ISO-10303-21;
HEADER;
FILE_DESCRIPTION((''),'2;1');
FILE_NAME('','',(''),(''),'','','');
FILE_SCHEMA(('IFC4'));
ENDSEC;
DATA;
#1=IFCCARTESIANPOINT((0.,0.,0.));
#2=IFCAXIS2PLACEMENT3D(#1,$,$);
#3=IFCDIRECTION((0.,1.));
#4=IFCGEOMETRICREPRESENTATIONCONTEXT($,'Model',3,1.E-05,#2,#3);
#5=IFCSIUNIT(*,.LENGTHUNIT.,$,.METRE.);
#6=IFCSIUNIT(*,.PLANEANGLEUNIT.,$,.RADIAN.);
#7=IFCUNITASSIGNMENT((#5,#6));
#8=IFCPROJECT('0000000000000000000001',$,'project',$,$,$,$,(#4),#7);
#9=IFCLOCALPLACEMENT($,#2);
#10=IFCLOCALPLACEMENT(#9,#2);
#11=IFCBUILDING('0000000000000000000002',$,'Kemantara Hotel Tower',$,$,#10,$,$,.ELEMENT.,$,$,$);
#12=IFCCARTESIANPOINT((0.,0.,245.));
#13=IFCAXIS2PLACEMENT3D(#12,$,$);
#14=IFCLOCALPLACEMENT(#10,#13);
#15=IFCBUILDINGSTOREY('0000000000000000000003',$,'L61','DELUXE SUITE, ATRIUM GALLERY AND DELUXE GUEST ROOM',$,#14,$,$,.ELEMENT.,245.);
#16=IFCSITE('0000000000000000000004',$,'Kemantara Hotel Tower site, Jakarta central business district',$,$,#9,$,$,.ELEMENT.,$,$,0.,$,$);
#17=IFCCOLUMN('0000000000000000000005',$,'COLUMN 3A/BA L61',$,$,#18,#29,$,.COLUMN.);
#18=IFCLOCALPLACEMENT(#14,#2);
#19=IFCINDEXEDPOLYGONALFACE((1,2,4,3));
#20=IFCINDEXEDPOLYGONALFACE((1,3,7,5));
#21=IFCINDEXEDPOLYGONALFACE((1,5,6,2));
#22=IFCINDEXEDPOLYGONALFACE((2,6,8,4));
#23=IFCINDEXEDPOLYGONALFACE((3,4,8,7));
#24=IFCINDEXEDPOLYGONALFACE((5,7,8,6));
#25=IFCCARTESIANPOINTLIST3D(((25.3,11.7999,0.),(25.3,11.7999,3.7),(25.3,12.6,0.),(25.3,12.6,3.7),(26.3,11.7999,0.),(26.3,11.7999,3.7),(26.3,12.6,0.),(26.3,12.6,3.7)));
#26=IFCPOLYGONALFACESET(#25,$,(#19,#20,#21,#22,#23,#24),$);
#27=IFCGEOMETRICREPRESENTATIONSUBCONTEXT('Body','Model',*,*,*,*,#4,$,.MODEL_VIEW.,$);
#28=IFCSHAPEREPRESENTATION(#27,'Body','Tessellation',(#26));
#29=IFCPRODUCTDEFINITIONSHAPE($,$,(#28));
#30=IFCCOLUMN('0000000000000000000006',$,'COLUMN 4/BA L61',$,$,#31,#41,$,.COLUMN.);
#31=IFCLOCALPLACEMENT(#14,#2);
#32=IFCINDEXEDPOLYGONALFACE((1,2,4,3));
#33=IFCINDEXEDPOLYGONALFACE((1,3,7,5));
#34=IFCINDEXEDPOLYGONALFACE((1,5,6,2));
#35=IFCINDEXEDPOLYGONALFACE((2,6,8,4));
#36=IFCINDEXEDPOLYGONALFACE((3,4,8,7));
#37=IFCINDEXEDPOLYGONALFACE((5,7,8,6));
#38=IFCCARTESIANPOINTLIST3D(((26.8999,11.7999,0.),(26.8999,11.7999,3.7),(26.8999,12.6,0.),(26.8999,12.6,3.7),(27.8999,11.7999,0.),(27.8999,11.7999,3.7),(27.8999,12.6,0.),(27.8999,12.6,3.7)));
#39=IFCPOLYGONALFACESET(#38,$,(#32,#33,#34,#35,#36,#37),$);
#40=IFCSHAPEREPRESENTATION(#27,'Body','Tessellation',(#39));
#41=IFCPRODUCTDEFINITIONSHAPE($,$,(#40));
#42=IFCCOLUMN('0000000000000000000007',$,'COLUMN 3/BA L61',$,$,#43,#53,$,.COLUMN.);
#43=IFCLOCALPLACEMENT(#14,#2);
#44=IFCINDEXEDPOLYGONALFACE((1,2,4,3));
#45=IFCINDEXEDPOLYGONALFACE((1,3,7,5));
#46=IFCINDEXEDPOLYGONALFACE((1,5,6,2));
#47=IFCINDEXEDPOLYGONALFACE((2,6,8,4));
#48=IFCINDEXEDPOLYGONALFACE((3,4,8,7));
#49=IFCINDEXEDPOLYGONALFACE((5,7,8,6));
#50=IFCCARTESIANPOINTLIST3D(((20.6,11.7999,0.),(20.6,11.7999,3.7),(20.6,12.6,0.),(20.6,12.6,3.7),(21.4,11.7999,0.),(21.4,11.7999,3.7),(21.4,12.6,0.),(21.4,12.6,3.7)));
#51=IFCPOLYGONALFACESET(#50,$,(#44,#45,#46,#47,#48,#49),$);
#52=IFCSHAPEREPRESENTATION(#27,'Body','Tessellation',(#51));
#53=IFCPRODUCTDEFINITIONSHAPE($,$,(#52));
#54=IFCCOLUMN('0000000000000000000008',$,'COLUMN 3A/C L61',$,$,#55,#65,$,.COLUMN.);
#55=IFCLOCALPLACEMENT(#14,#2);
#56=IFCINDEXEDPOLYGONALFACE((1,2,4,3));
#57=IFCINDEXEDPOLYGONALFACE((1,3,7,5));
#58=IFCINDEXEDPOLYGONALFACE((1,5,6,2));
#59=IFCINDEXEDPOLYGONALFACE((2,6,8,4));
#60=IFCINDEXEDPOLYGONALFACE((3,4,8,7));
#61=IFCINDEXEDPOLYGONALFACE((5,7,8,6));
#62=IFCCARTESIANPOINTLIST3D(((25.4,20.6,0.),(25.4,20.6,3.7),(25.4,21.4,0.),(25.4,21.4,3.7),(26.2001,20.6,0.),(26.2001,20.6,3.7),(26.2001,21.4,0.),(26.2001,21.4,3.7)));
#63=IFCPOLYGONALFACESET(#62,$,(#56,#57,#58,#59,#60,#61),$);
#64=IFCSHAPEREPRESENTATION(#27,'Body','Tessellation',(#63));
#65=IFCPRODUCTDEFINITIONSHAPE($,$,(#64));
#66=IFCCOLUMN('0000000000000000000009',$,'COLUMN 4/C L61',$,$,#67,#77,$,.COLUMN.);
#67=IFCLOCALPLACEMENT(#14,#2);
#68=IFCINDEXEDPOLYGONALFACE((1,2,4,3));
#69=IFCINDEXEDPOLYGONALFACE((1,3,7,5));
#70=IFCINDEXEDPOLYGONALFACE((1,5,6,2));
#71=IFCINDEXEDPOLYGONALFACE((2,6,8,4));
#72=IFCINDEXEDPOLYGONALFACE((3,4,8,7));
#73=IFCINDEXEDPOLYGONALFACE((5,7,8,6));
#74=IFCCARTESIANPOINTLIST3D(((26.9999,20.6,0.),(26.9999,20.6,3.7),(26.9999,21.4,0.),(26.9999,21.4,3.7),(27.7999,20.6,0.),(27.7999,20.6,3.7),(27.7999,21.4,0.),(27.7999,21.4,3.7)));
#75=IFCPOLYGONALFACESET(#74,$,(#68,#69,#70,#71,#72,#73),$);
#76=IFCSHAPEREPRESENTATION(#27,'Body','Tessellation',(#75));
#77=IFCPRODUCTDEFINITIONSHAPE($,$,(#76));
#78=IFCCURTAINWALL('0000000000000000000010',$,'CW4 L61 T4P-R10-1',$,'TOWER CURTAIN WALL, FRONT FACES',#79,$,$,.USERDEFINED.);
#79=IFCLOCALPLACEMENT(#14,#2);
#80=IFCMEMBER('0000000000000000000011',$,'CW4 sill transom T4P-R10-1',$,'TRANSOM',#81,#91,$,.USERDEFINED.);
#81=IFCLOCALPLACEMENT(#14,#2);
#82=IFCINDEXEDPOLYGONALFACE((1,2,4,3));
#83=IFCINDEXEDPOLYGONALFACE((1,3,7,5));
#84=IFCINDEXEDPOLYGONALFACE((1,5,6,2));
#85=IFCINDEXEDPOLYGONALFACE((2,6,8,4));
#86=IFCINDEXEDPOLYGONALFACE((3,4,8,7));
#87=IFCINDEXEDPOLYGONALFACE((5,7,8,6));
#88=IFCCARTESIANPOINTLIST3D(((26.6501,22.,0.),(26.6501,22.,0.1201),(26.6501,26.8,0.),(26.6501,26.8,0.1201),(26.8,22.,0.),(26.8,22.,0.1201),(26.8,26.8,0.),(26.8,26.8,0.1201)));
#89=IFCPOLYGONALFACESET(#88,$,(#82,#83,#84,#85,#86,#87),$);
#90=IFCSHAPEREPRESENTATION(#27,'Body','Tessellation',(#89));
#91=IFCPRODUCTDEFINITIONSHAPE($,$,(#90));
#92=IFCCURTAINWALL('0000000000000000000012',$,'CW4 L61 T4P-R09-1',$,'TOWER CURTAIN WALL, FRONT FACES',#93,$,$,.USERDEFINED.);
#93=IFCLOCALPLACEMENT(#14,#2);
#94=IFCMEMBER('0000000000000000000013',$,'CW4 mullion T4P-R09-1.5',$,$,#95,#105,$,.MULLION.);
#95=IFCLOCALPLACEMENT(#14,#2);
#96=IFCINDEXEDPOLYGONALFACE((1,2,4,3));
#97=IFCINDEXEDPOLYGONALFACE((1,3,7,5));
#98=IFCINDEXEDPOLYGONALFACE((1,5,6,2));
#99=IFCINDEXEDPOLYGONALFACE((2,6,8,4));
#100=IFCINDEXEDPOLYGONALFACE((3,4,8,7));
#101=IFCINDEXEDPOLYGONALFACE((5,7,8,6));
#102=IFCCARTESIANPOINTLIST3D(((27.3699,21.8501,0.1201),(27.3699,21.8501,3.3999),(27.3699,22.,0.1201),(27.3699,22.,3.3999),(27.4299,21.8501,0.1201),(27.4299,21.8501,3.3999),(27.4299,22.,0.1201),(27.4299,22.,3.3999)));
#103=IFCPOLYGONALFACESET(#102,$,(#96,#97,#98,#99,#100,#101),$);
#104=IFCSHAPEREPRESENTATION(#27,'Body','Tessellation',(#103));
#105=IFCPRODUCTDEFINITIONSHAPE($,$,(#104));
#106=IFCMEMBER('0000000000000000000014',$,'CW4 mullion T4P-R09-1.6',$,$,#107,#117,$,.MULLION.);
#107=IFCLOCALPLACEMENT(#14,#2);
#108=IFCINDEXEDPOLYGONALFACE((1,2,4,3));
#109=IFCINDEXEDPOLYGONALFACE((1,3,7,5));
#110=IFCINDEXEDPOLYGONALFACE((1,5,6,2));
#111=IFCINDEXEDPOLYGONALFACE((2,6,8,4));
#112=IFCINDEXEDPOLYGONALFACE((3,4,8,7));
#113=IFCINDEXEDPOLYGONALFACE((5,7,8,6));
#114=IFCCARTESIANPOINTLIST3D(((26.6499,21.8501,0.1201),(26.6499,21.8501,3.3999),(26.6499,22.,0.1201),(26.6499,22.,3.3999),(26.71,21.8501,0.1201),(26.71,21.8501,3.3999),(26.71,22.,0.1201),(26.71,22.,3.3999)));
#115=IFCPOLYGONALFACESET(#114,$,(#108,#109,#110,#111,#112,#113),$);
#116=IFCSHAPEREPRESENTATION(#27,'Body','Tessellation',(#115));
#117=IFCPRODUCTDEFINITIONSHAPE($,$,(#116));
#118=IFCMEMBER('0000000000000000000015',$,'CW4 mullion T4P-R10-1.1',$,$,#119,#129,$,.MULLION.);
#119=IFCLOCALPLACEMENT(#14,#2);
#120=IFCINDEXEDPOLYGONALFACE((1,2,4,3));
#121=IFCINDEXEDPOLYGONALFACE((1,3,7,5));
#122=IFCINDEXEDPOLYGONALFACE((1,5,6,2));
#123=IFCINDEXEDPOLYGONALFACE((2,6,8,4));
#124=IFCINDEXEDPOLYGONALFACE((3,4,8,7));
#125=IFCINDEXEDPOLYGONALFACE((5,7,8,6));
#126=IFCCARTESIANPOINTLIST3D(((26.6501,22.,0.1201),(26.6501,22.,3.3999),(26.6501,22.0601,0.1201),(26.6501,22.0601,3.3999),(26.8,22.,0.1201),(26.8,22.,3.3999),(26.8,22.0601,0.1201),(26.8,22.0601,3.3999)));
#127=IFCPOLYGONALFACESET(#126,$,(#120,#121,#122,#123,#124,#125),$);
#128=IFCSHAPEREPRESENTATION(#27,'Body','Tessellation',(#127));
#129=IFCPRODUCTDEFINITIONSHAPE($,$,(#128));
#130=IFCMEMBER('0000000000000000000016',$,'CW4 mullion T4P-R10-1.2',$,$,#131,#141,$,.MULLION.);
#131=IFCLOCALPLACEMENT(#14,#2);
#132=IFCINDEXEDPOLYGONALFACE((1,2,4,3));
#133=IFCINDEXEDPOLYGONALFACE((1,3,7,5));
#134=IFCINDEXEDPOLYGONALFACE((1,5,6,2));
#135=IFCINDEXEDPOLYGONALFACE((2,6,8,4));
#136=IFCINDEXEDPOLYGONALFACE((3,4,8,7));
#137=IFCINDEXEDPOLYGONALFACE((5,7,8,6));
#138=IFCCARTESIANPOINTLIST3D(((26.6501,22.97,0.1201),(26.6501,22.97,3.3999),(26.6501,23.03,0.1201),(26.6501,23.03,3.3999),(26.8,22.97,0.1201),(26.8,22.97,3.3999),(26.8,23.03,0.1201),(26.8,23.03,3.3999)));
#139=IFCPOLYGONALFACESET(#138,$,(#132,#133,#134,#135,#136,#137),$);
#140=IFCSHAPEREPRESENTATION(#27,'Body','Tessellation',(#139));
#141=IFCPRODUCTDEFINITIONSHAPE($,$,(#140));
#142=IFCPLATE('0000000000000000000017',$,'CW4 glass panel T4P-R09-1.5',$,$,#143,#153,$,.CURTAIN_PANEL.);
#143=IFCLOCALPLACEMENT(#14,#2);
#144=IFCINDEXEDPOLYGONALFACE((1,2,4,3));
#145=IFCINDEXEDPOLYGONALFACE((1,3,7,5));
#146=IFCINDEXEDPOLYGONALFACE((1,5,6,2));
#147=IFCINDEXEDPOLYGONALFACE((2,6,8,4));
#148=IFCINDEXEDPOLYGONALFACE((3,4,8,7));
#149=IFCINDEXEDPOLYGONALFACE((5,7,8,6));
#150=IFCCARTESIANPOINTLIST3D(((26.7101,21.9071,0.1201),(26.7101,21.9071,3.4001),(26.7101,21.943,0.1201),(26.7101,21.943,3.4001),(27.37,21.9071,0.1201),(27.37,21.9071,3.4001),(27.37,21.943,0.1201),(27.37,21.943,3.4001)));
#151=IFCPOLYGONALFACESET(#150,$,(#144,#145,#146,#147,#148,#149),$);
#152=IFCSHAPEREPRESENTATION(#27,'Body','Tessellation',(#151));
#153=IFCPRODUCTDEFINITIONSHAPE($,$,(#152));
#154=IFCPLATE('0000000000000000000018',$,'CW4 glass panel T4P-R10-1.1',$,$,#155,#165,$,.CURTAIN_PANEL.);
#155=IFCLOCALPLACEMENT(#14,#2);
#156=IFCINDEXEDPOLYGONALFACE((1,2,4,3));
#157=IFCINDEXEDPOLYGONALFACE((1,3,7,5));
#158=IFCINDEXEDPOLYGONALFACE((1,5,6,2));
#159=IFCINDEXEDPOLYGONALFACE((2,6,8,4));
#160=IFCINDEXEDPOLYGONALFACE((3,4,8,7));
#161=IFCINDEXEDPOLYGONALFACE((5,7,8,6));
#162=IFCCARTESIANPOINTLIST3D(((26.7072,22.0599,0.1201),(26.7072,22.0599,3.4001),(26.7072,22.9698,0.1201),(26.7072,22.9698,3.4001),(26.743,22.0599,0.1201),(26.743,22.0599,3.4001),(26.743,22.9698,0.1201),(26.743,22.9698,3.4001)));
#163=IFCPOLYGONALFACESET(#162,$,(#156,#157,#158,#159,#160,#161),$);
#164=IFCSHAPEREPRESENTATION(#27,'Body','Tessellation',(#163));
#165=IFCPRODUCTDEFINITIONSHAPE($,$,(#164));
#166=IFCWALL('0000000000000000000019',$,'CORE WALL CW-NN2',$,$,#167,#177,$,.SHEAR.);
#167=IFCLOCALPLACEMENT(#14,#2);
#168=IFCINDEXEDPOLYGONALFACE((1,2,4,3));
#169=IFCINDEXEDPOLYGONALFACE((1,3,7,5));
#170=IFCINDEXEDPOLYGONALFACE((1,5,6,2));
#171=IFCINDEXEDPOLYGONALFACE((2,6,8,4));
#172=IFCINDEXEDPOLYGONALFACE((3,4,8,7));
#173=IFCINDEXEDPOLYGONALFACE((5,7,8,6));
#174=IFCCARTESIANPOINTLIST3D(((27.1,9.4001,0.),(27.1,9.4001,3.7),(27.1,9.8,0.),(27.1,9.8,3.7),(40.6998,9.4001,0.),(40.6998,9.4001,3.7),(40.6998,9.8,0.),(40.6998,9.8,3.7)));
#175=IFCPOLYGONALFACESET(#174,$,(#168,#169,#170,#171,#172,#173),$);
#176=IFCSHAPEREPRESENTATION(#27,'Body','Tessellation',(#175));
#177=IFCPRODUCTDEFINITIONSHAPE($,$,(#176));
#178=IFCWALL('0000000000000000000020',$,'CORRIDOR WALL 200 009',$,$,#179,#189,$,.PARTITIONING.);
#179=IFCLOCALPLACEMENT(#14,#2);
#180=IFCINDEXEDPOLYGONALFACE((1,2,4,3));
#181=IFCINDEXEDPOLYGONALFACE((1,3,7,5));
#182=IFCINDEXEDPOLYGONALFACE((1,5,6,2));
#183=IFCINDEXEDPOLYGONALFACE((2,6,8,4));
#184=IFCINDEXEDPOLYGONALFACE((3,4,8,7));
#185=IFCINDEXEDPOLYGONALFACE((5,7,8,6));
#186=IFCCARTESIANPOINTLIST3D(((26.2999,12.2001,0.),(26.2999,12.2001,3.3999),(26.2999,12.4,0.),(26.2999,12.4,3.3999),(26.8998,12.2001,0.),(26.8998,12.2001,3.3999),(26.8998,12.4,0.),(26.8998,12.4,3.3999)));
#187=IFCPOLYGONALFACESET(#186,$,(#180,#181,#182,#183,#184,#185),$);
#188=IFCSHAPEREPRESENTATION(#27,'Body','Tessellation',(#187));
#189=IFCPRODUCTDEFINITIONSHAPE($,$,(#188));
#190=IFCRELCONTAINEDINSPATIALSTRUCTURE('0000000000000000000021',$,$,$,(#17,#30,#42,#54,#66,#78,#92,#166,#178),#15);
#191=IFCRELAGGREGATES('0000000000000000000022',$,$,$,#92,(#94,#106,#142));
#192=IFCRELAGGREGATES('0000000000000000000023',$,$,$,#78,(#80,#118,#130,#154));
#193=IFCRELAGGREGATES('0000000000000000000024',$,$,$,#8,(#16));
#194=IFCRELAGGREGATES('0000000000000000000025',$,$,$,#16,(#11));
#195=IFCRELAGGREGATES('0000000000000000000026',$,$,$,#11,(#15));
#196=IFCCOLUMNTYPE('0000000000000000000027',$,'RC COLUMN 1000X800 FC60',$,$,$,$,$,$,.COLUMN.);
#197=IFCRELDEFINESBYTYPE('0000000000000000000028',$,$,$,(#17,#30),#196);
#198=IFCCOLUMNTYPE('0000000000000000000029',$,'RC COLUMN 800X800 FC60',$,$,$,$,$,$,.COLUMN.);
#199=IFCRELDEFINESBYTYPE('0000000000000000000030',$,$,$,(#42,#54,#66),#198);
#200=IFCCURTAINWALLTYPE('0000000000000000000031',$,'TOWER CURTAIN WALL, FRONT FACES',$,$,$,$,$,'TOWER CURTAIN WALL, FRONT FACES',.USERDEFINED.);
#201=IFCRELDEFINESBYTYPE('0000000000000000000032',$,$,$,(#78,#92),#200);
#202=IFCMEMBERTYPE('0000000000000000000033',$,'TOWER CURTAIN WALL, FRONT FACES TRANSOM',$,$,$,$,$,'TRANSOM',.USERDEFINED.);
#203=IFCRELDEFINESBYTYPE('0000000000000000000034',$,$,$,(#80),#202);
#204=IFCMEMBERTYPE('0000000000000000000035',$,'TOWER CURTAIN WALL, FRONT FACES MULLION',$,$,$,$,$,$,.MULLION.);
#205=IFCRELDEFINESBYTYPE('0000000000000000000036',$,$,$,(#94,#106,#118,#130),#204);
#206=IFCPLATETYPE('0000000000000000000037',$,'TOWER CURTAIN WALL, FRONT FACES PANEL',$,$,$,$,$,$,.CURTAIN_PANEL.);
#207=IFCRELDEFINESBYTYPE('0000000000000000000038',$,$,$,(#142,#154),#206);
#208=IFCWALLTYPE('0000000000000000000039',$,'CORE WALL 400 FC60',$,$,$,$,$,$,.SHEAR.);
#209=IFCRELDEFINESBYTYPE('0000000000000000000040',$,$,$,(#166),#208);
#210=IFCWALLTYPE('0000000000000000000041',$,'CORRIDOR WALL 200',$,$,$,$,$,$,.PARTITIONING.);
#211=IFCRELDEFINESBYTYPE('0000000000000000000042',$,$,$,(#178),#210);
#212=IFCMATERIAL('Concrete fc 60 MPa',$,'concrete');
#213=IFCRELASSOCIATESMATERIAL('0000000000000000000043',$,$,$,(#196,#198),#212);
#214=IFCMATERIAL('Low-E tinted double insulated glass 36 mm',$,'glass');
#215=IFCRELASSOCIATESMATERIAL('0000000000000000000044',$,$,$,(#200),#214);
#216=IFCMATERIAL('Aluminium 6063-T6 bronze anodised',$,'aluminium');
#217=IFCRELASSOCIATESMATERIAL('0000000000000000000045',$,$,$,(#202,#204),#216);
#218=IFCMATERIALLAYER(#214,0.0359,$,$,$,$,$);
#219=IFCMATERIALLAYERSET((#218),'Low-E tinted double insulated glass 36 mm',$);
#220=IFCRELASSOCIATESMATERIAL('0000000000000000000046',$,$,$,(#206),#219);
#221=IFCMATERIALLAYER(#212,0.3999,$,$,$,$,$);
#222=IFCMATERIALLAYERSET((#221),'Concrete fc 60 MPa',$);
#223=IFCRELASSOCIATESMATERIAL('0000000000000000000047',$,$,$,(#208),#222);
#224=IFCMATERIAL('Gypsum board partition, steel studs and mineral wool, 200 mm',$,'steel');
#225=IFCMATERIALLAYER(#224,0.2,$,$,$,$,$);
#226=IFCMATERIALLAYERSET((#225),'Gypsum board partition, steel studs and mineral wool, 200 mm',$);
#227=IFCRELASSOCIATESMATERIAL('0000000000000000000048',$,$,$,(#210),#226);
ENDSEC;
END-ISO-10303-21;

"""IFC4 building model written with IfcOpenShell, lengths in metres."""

from ifc_helpers import new_model, si_unit, direction, frame, frame_2d, origin, origin_2d, place, context, subcontext, project, spatial, rectangle, extrude, source, transform, mapped, material, layer, layer_set, material_profile, profile_set, type_object, element, aggregate, save


model = new_model("IFC4")

# Units and contexts
model_context = context("Model", 3, precision=1e-05, world=origin(), true_north=direction((0.0, 1.0)))
body_context = subcontext(model_context, "Body", "Model", "MODEL_VIEW")
ifc_project = project(units=[si_unit("LENGTHUNIT", "METRE"), si_unit("PLANEANGLEUNIT", "RADIAN")], contexts=[model_context])

# Site, building, storey
site_placement = place(None, origin())
site = spatial("IfcSite", under=ifc_project, at=site_placement, Name="Kemantara Hotel Tower site, Jakarta central business district", CompositionType="ELEMENT", RefElevation=0.0)
building_placement = place(site_placement, origin())
building = spatial("IfcBuilding", under=site, at=building_placement, Name="Kemantara Hotel Tower", CompositionType="ELEMENT")
storey_placement = place(building_placement, frame((0.0, 0.0, 245.0)))
storey = spatial("IfcBuildingStorey", under=building, at=storey_placement, Name="L61", Description="DELUXE SUITE, ATRIUM GALLERY AND DELUXE GUEST ROOM", CompositionType="ELEMENT", Elevation=245.0)

# Columns
ifc_material_1 = material(Name="Concrete fc 60 MPa", Category="concrete")
ifc_material_profile_1 = material_profile(ifc_material_1, rectangle(XDim=1.0, YDim=0.8, at=origin_2d()), Name="RC 1000X800")
ifc_profile_set_1 = profile_set([ifc_material_profile_1], Name="Concrete fc 60 MPa")
column_type_1 = type_object("IfcColumnType", Name="RC COLUMN 1000X800 FC60", PredefinedType="COLUMN", material=ifc_profile_set_1)
for number, where, z_axis, x_axis, name in (
    (1, (25.8, 12.2, 0.0), (0.0, 0.0, 1.0), (1.0, 0.0, 0.0), "COLUMN 3A/BA L61"),
    (2, (27.3999, 12.2, 0.0), (0.0, 0.0, 1.0), (1.0, 0.0, 0.0), "COLUMN 4/BA L61"),
):
    element("IfcColumn", number, at=place(storey_placement, frame(where, z_axis=z_axis, x_axis=x_axis)), inside=storey, type_object=column_type_1, Name=name, PredefinedType="COLUMN", context=body_context, shape_type="SweptSolid", body=[
        extrude(rectangle(XDim=1.0, YDim=0.8, at=origin_2d()), origin(), (0.0, 0.0, 1.0), 3.7),
    ])
ifc_material_profile_2 = material_profile(ifc_material_1, rectangle(XDim=0.8, YDim=0.8, at=origin_2d()), Name="RC 800X800")
ifc_profile_set_2 = profile_set([ifc_material_profile_2], Name="Concrete fc 60 MPa")
column_type_2 = type_object("IfcColumnType", Name="RC COLUMN 800X800 FC60", PredefinedType="COLUMN", material=ifc_profile_set_2)
for number, where, z_axis, x_axis, name in (
    (3, (21.0, 12.2, 0.0), (0.0, 0.0, 1.0), (1.0, 0.0, 0.0), "COLUMN 3/BA L61"),
    (4, (25.8, 21.0, 0.0), (0.0, 0.0, 1.0), (1.0, 0.0, 0.0), "COLUMN 3A/C L61"),
    (5, (27.3999, 21.0, 0.0), (0.0, 0.0, 1.0), (1.0, 0.0, 0.0), "COLUMN 4/C L61"),
):
    element("IfcColumn", number, at=place(storey_placement, frame(where, z_axis=z_axis, x_axis=x_axis)), inside=storey, type_object=column_type_2, Name=name, PredefinedType="COLUMN", context=body_context, shape_type="SweptSolid", body=[
        extrude(rectangle(XDim=0.8, YDim=0.8, at=origin_2d()), origin(), (0.0, 0.0, 1.0), 3.7),
    ])

# Curtain wall, member
ifc_material_2 = material(Name="Low-E tinted double insulated glass 36 mm", Category="glass")
curtain_wall_type = type_object("IfcCurtainWallType", Name="TOWER CURTAIN WALL, FRONT FACES", ElementType="TOWER CURTAIN WALL, FRONT FACES", PredefinedType="USERDEFINED", material=ifc_material_2)
curtain_wall_1_placement = place(storey_placement, origin())
curtain_wall_1 = element("IfcCurtainWall", 6, at=curtain_wall_1_placement, inside=storey, type_object=curtain_wall_type, Name="CW4 L61 T4P-R10-1", ObjectType="TOWER CURTAIN WALL, FRONT FACES", PredefinedType="USERDEFINED")
ifc_material_3 = material(Name="Aluminium 6063-T6 bronze anodised", Category="aluminium")
ifc_material_profile_3 = material_profile(ifc_material_3, rectangle(XDim=0.1499, YDim=0.1201, at=origin_2d()), Name="TOWER CURTAIN WALL, FRONT FACES TRANSOM")
ifc_profile_set_3 = profile_set([ifc_material_profile_3], Name="Aluminium 6063-T6 bronze anodised")
member_type_1 = type_object("IfcMemberType", Name="TOWER CURTAIN WALL, FRONT FACES TRANSOM", ElementType="TRANSOM", PredefinedType="USERDEFINED", material=ifc_profile_set_3)
member_1_placement = place(storey_placement, frame((26.7251, 22.0, 0.0601), z_axis=(0.0, 1.0, 0.0), x_axis=(-1.0, 0.0, 0.0)))
member_1 = element("IfcMember", 7, at=member_1_placement, type_object=member_type_1, Name="CW4 sill transom T4P-R10-1", ObjectType="TRANSOM", PredefinedType="USERDEFINED", context=body_context, shape_type="SweptSolid", body=[
    extrude(rectangle(XDim=0.1499, YDim=0.1201, at=origin_2d()), origin(), (0.0, 0.0, 1.0), 4.8),
])

# Curtain wall, members
curtain_wall_2_placement = place(storey_placement, origin())
curtain_wall_2 = element("IfcCurtainWall", 8, at=curtain_wall_2_placement, inside=storey, type_object=curtain_wall_type, Name="CW4 L61 T4P-R09-1", ObjectType="TOWER CURTAIN WALL, FRONT FACES", PredefinedType="USERDEFINED")
ifc_material_profile_4 = material_profile(ifc_material_3, rectangle(XDim=0.1499, YDim=0.0601, at=origin_2d()), Name="TOWER CURTAIN WALL, FRONT FACES MULLION")
ifc_profile_set_4 = profile_set([ifc_material_profile_4], Name="Aluminium 6063-T6 bronze anodised")
member_type_2 = type_object("IfcMemberType", Name="TOWER CURTAIN WALL, FRONT FACES MULLION", PredefinedType="MULLION", material=ifc_profile_set_4)
shared_shape_1 = source(origin(), body_context, "Body", "SweptSolid", [
    extrude(rectangle(XDim=0.1499, YDim=0.0601, at=origin_2d()), origin(), (0.0, 0.0, 1.0), 3.2798),
])
member_2_placement = place(storey_placement, frame((27.3999, 21.925, 0.1201), z_axis=(0.0, 0.0, 1.0), x_axis=(0.0, -1.0, 0.0)))
member_2 = element("IfcMember", 9, at=member_2_placement, type_object=member_type_2, Name="CW4 mullion T4P-R09-1.5", PredefinedType="MULLION", context=body_context, shape_type="MappedRepresentation", body=[
    mapped(shared_shape_1, transform((0.0, 0.0, 0.0))),
])
member_3_placement = place(storey_placement, frame((26.6799, 21.925, 0.1201), z_axis=(0.0, 0.0, 1.0), x_axis=(0.0, -1.0, 0.0)))
member_3 = element("IfcMember", 10, at=member_3_placement, type_object=member_type_2, Name="CW4 mullion T4P-R09-1.6", PredefinedType="MULLION", context=body_context, shape_type="MappedRepresentation", body=[
    mapped(shared_shape_1, transform((0.0, 0.0, 0.0))),
])

# Members
member_4_placement = place(storey_placement, frame((26.7251, 22.03, 0.1201), z_axis=(0.0, 0.0, 1.0), x_axis=(-1.0, 0.0, 0.0)))
member_4 = element("IfcMember", 11, at=member_4_placement, type_object=member_type_2, Name="CW4 mullion T4P-R10-1.1", PredefinedType="MULLION", context=body_context, shape_type="MappedRepresentation", body=[
    mapped(shared_shape_1, transform((0.0, 0.0, 0.0))),
])
member_5_placement = place(storey_placement, frame((26.7251, 23.0, 0.1201), z_axis=(0.0, 0.0, 1.0), x_axis=(-1.0, 0.0, 0.0)))
member_5 = element("IfcMember", 12, at=member_5_placement, type_object=member_type_2, Name="CW4 mullion T4P-R10-1.2", PredefinedType="MULLION", context=body_context, shape_type="MappedRepresentation", body=[
    mapped(shared_shape_1, transform((0.0, 0.0, 0.0))),
])

# Plates
ifc_layer_1 = layer(ifc_material_2, 0.0359)
ifc_layer_set_1 = layer_set([ifc_layer_1], Name="Low-E tinted double insulated glass 36 mm")
plate_type = type_object("IfcPlateType", Name="TOWER CURTAIN WALL, FRONT FACES PANEL", PredefinedType="CURTAIN_PANEL", material=ifc_layer_set_1)
shared_shape_2 = source(origin(), body_context, "Body", "SweptSolid", [
    extrude(rectangle(XDim=0.6599, YDim=0.0359, at=origin_2d()), origin(), (0.0, 0.0, 1.0), 3.28),
])
plate_1_placement = place(storey_placement, frame((27.04, 21.925, 0.1201), z_axis=(0.0, 0.0, 1.0), x_axis=(-1.0, 0.0, 0.0)))
plate_1 = element("IfcPlate", 13, at=plate_1_placement, type_object=plate_type, Name="CW4 glass panel T4P-R09-1.5", PredefinedType="CURTAIN_PANEL", context=body_context, shape_type="MappedRepresentation", body=[
    mapped(shared_shape_2, transform((0.0, 0.0, 0.0))),
])
aggregate(curtain_wall_2, [member_2, member_3, plate_1])
shared_shape_3 = source(origin(), body_context, "Body", "SweptSolid", [
    extrude(rectangle(XDim=0.9099, YDim=0.0359, at=origin_2d()), origin(), (0.0, 0.0, 1.0), 3.28),
])
plate_2_placement = place(storey_placement, frame((26.7251, 22.5149, 0.1201), z_axis=(0.0, 0.0, 1.0), x_axis=(0.0, 1.0, 0.0)))
plate_2 = element("IfcPlate", 14, at=plate_2_placement, type_object=plate_type, Name="CW4 glass panel T4P-R10-1.1", PredefinedType="CURTAIN_PANEL", context=body_context, shape_type="MappedRepresentation", body=[
    mapped(shared_shape_3, transform((0.0, 0.0, 0.0))),
])
aggregate(curtain_wall_1, [member_1, member_4, member_5, plate_2])

# Walls
ifc_layer_2 = layer(ifc_material_1, 0.3999)
ifc_layer_set_2 = layer_set([ifc_layer_2], Name="Concrete fc 60 MPa")
wall_type_1 = type_object("IfcWallType", Name="CORE WALL 400 FC60", PredefinedType="SHEAR", material=ifc_layer_set_2)
wall_1_placement = place(storey_placement, frame((27.1001, 9.6001, 0.0), z_axis=(0.0, 0.0, 1.0), x_axis=(1.0, 0.0, 0.0)))
element("IfcWall", 15, at=wall_1_placement, inside=storey, type_object=wall_type_1, Name="CORE WALL CW-NN2", PredefinedType="SHEAR", context=body_context, shape_type="SweptSolid", body=[
    extrude(rectangle(XDim=13.5999, YDim=0.3999, at=frame_2d((6.7998, 0.0))), origin(), (0.0, 0.0, 1.0), 3.7),
])
ifc_material_4 = material(Name="Gypsum board partition, steel studs and mineral wool, 200 mm", Category="steel")
ifc_layer_3 = layer(ifc_material_4, 0.2)
ifc_layer_set_3 = layer_set([ifc_layer_3], Name="Gypsum board partition, steel studs and mineral wool, 200 mm")
wall_type_2 = type_object("IfcWallType", Name="CORRIDOR WALL 200", PredefinedType="PARTITIONING", material=ifc_layer_set_3)
wall_2_placement = place(storey_placement, frame((26.3, 12.3, 0.0), z_axis=(0.0, 0.0, 1.0), x_axis=(1.0, 0.0, 0.0)))
element("IfcWall", 16, at=wall_2_placement, inside=storey, type_object=wall_type_2, Name="CORRIDOR WALL 200 009", PredefinedType="PARTITIONING", context=body_context, shape_type="SweptSolid", body=[
    extrude(rectangle(XDim=0.5999, YDim=0.2, at=frame_2d((0.2998, 0.0))), origin(), (0.0, 0.0, 1.0), 3.3999),
])

save(model, "model.ifc")
